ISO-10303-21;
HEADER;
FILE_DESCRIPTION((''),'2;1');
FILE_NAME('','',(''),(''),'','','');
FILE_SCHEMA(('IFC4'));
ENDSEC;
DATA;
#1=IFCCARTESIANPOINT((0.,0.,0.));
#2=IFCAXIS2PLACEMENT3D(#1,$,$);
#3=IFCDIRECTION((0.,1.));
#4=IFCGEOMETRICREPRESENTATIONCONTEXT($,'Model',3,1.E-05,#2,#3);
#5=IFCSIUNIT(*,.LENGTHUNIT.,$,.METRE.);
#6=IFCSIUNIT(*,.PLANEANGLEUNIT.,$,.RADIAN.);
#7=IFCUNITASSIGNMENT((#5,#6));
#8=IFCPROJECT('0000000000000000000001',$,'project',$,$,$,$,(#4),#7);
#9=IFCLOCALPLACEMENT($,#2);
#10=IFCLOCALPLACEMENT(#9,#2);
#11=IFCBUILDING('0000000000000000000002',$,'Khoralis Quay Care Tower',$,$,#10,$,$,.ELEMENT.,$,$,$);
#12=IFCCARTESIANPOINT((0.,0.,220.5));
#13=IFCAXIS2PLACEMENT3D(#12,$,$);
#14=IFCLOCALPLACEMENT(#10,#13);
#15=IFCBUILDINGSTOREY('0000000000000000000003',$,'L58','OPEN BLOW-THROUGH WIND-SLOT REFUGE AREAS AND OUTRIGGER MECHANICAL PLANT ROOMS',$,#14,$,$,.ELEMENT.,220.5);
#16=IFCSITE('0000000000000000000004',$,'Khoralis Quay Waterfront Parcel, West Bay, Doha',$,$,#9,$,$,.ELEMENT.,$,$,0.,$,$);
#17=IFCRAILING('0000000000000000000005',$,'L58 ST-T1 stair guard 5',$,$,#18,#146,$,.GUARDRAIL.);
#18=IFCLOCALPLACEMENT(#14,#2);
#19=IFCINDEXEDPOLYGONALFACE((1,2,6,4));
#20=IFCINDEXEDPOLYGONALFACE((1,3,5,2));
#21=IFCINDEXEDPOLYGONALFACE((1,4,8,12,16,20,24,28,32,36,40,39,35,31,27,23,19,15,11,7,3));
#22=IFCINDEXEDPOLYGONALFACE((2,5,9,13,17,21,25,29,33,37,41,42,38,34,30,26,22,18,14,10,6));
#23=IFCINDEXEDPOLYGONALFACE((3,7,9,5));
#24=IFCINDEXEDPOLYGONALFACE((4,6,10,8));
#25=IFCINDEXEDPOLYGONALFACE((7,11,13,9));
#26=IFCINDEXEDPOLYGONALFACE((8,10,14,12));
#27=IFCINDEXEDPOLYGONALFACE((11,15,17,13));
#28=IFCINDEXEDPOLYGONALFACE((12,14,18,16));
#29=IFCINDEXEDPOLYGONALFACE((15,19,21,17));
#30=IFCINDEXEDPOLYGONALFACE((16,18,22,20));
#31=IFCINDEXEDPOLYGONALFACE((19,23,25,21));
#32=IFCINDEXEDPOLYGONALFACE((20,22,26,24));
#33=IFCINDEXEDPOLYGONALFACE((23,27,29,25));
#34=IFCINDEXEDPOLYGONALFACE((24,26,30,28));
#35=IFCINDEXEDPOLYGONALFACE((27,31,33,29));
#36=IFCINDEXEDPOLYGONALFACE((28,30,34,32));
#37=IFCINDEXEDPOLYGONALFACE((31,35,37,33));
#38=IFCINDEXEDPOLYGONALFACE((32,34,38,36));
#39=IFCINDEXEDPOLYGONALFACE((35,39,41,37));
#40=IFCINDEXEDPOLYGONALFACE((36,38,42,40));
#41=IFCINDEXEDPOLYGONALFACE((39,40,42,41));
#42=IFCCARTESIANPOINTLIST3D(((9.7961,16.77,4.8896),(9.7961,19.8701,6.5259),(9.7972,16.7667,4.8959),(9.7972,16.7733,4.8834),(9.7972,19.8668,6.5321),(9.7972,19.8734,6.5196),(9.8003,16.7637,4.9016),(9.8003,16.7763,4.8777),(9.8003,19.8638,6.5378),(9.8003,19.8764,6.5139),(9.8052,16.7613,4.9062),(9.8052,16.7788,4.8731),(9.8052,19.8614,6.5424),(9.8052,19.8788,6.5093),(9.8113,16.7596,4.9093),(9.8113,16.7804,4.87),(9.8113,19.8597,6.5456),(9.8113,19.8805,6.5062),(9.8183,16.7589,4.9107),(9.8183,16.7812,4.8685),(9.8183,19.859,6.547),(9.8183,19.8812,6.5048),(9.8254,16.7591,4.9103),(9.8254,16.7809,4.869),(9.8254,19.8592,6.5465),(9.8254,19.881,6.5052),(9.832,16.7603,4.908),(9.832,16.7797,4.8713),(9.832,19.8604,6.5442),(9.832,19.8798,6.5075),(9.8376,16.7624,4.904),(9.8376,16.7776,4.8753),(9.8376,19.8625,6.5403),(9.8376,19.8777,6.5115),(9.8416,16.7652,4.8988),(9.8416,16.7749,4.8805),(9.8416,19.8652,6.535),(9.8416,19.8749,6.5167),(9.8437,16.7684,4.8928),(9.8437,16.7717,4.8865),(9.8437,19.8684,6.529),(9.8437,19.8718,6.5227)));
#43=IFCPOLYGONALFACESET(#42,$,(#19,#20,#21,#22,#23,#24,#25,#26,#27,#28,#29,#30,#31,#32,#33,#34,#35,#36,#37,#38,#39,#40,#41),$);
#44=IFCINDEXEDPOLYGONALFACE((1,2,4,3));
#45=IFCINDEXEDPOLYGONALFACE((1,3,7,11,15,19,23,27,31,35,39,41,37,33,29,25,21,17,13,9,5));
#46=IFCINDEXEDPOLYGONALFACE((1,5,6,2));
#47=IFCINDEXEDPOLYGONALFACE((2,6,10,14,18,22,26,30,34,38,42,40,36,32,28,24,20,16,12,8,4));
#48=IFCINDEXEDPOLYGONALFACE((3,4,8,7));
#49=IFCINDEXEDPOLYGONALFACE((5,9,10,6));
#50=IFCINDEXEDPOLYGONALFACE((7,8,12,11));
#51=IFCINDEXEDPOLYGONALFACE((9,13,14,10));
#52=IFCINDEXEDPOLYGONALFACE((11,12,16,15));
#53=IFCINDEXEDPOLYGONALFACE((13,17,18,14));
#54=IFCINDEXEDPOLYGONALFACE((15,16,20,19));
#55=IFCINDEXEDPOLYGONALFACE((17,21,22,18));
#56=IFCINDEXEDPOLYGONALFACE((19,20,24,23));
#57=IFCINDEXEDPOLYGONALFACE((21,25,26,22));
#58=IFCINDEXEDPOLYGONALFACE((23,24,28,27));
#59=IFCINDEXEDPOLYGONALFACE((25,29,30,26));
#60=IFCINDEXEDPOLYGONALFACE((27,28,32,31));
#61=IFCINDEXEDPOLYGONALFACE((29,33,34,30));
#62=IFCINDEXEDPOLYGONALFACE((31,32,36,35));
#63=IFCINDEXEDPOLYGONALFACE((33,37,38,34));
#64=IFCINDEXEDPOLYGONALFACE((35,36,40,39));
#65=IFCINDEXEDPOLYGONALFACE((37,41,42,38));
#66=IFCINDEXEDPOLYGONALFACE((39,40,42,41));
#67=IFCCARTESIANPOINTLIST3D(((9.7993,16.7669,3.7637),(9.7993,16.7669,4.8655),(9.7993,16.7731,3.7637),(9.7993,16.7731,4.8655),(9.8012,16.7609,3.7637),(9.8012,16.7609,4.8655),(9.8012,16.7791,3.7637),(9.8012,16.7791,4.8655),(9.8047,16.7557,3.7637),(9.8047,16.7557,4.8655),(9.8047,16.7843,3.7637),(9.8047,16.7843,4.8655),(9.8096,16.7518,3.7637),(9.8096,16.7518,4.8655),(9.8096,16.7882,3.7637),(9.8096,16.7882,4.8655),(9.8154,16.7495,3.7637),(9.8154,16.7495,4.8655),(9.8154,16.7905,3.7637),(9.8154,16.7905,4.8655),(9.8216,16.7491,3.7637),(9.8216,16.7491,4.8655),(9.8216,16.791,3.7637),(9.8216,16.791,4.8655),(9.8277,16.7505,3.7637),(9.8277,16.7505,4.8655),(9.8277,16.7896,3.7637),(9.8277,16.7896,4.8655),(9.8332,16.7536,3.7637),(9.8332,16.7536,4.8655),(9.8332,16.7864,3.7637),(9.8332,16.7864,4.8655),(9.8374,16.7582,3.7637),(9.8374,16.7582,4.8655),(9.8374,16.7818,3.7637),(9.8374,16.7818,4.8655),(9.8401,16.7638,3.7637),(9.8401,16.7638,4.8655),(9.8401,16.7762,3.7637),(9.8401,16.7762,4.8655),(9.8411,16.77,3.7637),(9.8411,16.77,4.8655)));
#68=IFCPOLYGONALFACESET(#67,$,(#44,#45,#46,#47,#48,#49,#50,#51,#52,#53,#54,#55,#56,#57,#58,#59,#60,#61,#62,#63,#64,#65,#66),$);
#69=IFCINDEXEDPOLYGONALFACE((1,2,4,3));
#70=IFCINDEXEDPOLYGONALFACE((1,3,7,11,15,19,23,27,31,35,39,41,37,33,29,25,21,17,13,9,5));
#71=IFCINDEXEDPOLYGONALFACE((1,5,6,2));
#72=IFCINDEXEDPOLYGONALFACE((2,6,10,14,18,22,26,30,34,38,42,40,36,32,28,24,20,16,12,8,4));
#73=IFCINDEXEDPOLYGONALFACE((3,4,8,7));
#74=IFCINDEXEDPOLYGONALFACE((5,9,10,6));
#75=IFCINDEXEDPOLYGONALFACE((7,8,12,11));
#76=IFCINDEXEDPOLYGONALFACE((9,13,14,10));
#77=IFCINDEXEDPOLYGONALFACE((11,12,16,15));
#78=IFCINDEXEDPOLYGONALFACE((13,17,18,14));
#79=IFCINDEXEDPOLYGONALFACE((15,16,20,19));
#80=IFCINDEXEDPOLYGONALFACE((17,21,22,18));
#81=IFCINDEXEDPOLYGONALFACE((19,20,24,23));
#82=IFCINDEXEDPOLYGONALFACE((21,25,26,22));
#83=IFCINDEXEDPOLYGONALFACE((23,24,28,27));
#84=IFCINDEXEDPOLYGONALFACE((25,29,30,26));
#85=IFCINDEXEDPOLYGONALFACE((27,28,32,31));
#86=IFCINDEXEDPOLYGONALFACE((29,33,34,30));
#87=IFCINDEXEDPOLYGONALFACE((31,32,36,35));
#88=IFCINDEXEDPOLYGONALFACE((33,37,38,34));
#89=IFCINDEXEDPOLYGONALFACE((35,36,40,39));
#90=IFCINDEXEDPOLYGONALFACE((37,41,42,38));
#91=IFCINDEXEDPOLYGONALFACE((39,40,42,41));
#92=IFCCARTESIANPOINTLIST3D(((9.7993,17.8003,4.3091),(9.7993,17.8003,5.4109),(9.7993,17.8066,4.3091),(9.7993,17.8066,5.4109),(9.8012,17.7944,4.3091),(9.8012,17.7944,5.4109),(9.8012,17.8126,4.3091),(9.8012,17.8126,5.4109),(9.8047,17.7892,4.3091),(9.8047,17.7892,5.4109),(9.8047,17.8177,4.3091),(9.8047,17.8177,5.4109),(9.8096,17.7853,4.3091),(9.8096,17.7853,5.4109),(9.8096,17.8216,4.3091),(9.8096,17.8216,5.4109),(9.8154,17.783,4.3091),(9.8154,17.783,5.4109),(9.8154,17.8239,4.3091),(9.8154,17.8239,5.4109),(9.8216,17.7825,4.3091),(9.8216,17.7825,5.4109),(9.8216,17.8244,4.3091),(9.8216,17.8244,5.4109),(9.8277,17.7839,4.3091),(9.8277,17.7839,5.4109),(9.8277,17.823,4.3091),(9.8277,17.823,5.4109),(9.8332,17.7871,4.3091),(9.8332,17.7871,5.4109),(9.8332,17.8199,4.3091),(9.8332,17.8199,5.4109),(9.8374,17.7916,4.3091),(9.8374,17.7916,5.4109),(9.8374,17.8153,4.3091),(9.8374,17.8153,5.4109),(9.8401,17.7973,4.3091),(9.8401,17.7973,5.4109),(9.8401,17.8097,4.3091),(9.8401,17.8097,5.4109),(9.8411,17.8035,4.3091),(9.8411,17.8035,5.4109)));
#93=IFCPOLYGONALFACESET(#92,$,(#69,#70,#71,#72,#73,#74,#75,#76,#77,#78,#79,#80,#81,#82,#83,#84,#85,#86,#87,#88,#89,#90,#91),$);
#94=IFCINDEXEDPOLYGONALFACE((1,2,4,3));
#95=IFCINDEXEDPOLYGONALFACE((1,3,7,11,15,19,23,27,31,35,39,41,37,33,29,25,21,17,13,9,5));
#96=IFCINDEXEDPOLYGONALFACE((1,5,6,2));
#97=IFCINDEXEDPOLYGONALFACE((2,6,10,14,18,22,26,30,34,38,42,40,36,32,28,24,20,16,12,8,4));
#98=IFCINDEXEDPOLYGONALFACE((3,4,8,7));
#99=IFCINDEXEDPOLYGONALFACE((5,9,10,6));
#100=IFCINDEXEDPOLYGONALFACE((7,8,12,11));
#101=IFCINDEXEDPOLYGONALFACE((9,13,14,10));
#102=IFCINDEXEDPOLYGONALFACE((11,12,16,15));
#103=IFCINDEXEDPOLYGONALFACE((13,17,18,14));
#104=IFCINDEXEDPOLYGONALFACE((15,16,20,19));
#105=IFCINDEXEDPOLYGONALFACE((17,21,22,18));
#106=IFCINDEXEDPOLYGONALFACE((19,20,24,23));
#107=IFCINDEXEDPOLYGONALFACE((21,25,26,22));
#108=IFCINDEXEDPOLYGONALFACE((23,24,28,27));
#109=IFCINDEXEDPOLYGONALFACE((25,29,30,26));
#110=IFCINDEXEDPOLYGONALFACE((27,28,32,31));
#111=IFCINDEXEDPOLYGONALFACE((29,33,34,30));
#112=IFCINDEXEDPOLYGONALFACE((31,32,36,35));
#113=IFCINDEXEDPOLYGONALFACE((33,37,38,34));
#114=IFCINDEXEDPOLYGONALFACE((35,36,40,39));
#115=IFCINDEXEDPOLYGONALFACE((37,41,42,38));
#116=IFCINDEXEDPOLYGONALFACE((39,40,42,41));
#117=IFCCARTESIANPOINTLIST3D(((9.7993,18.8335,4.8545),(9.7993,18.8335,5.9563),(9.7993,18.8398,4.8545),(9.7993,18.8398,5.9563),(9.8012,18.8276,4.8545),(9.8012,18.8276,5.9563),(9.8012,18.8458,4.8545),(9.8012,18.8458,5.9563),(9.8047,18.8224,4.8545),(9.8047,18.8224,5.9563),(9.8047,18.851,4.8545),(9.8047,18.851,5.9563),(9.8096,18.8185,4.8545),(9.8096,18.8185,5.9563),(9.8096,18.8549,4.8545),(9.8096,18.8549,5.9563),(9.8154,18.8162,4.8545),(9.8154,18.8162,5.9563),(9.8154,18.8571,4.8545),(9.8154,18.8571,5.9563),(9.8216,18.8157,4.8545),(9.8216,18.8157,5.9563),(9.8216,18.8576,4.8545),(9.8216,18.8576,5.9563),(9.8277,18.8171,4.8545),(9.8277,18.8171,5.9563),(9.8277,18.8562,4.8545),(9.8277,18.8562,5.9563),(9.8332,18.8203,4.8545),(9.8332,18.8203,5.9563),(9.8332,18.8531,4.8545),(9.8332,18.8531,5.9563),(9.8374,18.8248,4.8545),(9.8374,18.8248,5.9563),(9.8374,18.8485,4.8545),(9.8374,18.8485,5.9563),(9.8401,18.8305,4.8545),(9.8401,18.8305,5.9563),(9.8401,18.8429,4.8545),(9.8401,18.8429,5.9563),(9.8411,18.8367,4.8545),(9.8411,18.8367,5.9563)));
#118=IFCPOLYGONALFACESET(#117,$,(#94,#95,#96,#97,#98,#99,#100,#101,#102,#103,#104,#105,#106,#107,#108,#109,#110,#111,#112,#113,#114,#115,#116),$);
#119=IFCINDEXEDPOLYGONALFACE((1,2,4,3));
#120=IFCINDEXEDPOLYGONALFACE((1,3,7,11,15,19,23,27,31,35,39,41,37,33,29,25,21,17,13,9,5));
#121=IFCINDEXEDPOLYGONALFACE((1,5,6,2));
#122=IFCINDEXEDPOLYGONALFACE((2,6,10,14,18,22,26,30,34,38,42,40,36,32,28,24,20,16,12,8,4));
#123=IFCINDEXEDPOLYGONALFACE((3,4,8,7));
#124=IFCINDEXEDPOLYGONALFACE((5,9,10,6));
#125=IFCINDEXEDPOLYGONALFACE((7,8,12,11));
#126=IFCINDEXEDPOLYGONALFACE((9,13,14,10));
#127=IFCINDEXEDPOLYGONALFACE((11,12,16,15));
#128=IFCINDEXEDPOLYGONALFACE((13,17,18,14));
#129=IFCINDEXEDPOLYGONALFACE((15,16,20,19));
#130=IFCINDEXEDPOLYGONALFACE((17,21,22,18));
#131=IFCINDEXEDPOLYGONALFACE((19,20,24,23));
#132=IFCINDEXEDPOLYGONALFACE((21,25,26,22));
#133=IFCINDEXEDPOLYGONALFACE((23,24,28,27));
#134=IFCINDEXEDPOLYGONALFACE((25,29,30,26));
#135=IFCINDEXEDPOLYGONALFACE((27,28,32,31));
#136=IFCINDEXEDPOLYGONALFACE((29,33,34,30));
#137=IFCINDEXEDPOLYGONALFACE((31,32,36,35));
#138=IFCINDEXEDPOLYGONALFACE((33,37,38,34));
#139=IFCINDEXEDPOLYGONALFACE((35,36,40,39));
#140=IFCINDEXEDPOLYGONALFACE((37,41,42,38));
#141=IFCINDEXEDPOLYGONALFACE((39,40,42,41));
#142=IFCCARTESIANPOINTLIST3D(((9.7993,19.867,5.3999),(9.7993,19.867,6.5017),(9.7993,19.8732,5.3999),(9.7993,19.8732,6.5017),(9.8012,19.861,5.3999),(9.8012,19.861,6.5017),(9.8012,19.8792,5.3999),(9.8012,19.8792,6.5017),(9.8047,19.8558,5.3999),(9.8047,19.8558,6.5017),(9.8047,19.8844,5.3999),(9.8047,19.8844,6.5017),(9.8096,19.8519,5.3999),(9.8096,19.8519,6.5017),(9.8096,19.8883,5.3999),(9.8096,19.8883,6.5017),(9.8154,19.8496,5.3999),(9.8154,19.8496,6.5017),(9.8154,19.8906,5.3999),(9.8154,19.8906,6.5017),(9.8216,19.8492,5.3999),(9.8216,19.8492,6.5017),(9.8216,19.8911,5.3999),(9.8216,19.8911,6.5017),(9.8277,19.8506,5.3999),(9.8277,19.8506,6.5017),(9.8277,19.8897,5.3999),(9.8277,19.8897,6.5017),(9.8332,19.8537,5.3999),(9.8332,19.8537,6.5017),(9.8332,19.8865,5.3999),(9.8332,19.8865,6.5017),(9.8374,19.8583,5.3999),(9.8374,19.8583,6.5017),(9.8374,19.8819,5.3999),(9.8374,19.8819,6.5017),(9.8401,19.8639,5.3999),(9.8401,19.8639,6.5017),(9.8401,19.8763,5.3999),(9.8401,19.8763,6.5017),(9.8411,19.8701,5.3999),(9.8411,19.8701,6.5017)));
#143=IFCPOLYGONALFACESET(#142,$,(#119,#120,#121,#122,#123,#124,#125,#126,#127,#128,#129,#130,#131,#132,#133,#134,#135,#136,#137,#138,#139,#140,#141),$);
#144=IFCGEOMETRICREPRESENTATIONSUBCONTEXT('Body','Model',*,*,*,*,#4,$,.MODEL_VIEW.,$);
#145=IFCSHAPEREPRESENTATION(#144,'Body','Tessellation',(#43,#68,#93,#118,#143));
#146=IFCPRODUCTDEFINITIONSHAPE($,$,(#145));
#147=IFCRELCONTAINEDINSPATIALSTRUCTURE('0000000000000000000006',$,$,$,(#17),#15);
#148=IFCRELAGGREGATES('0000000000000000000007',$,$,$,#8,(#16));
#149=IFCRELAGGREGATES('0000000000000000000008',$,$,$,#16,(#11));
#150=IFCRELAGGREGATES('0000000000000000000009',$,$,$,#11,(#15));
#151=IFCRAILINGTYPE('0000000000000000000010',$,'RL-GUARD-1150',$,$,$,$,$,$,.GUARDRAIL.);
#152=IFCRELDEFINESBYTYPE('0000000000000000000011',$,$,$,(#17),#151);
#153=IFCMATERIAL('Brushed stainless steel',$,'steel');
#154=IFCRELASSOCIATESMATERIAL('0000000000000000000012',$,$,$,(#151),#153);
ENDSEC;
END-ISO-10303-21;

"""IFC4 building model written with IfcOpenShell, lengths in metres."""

from ifc_helpers import new_model, si_unit, direction, frame, origin, origin_2d, place, context, subcontext, project, spatial, circle, extrude, material, type_object, element, save


model = new_model("IFC4")

# Units and contexts
model_context = context("Model", 3, precision=1e-05, world=origin(), true_north=direction((0.0, 1.0)))
body_context = subcontext(model_context, "Body", "Model", "MODEL_VIEW")
ifc_project = project(units=[si_unit("LENGTHUNIT", "METRE"), si_unit("PLANEANGLEUNIT", "RADIAN")], contexts=[model_context])

# Site, building, storey
site_placement = place(None, origin())
site = spatial("IfcSite", under=ifc_project, at=site_placement, Name="Khoralis Quay Waterfront Parcel, West Bay, Doha", CompositionType="ELEMENT", RefElevation=0.0)
building_placement = place(site_placement, origin())
building = spatial("IfcBuilding", under=site, at=building_placement, Name="Khoralis Quay Care Tower", CompositionType="ELEMENT")
storey_placement = place(building_placement, frame((0.0, 0.0, 220.5)))
storey = spatial("IfcBuildingStorey", under=building, at=storey_placement, Name="L58", Description="OPEN BLOW-THROUGH WIND-SLOT REFUGE AREAS AND OUTRIGGER MECHANICAL PLANT ROOMS", CompositionType="ELEMENT", Elevation=220.5)

# Shared definitions
ifc_material_1 = material(Name="Brushed stainless steel", Category="steel")

# Railing
railing_type_1 = type_object("IfcRailingType", Name="RL-GUARD-1150", PredefinedType="GUARDRAIL", material=ifc_material_1)
railing_1_placement = place(storey_placement, frame((9.8201, 16.77, 3.7637)))
element("IfcRailing", 1, at=railing_1_placement, inside=storey, type_object=railing_type_1, Name="L58 ST-T1 stair guard 5", PredefinedType="GUARDRAIL", context=body_context, shape_type="SweptSolid", body=[
    extrude(circle(Radius=0.0239, at=origin_2d()), frame((0.0, 0.0, 1.126), z_axis=(0.0, 0.884377, 0.466774), x_axis=(-1.0, 0.0, 0.0)), (0.0, 0.0, 1.0), 3.5054),
    extrude(circle(Radius=0.021, at=origin_2d()), origin(), (0.0, 0.0, 1.0), 1.1018),
    extrude(circle(Radius=0.021, at=origin_2d()), frame((0.0, 1.0334, 0.5454)), (0.0, 0.0, 1.0), 1.1018),
    extrude(circle(Radius=0.021, at=origin_2d()), frame((0.0, 2.0667, 1.0908)), (0.0, 0.0, 1.0), 1.1018),
    extrude(circle(Radius=0.021, at=origin_2d()), frame((0.0, 3.1001, 1.6362)), (0.0, 0.0, 1.0), 1.1018),
])

save(model, "model.ifc")
